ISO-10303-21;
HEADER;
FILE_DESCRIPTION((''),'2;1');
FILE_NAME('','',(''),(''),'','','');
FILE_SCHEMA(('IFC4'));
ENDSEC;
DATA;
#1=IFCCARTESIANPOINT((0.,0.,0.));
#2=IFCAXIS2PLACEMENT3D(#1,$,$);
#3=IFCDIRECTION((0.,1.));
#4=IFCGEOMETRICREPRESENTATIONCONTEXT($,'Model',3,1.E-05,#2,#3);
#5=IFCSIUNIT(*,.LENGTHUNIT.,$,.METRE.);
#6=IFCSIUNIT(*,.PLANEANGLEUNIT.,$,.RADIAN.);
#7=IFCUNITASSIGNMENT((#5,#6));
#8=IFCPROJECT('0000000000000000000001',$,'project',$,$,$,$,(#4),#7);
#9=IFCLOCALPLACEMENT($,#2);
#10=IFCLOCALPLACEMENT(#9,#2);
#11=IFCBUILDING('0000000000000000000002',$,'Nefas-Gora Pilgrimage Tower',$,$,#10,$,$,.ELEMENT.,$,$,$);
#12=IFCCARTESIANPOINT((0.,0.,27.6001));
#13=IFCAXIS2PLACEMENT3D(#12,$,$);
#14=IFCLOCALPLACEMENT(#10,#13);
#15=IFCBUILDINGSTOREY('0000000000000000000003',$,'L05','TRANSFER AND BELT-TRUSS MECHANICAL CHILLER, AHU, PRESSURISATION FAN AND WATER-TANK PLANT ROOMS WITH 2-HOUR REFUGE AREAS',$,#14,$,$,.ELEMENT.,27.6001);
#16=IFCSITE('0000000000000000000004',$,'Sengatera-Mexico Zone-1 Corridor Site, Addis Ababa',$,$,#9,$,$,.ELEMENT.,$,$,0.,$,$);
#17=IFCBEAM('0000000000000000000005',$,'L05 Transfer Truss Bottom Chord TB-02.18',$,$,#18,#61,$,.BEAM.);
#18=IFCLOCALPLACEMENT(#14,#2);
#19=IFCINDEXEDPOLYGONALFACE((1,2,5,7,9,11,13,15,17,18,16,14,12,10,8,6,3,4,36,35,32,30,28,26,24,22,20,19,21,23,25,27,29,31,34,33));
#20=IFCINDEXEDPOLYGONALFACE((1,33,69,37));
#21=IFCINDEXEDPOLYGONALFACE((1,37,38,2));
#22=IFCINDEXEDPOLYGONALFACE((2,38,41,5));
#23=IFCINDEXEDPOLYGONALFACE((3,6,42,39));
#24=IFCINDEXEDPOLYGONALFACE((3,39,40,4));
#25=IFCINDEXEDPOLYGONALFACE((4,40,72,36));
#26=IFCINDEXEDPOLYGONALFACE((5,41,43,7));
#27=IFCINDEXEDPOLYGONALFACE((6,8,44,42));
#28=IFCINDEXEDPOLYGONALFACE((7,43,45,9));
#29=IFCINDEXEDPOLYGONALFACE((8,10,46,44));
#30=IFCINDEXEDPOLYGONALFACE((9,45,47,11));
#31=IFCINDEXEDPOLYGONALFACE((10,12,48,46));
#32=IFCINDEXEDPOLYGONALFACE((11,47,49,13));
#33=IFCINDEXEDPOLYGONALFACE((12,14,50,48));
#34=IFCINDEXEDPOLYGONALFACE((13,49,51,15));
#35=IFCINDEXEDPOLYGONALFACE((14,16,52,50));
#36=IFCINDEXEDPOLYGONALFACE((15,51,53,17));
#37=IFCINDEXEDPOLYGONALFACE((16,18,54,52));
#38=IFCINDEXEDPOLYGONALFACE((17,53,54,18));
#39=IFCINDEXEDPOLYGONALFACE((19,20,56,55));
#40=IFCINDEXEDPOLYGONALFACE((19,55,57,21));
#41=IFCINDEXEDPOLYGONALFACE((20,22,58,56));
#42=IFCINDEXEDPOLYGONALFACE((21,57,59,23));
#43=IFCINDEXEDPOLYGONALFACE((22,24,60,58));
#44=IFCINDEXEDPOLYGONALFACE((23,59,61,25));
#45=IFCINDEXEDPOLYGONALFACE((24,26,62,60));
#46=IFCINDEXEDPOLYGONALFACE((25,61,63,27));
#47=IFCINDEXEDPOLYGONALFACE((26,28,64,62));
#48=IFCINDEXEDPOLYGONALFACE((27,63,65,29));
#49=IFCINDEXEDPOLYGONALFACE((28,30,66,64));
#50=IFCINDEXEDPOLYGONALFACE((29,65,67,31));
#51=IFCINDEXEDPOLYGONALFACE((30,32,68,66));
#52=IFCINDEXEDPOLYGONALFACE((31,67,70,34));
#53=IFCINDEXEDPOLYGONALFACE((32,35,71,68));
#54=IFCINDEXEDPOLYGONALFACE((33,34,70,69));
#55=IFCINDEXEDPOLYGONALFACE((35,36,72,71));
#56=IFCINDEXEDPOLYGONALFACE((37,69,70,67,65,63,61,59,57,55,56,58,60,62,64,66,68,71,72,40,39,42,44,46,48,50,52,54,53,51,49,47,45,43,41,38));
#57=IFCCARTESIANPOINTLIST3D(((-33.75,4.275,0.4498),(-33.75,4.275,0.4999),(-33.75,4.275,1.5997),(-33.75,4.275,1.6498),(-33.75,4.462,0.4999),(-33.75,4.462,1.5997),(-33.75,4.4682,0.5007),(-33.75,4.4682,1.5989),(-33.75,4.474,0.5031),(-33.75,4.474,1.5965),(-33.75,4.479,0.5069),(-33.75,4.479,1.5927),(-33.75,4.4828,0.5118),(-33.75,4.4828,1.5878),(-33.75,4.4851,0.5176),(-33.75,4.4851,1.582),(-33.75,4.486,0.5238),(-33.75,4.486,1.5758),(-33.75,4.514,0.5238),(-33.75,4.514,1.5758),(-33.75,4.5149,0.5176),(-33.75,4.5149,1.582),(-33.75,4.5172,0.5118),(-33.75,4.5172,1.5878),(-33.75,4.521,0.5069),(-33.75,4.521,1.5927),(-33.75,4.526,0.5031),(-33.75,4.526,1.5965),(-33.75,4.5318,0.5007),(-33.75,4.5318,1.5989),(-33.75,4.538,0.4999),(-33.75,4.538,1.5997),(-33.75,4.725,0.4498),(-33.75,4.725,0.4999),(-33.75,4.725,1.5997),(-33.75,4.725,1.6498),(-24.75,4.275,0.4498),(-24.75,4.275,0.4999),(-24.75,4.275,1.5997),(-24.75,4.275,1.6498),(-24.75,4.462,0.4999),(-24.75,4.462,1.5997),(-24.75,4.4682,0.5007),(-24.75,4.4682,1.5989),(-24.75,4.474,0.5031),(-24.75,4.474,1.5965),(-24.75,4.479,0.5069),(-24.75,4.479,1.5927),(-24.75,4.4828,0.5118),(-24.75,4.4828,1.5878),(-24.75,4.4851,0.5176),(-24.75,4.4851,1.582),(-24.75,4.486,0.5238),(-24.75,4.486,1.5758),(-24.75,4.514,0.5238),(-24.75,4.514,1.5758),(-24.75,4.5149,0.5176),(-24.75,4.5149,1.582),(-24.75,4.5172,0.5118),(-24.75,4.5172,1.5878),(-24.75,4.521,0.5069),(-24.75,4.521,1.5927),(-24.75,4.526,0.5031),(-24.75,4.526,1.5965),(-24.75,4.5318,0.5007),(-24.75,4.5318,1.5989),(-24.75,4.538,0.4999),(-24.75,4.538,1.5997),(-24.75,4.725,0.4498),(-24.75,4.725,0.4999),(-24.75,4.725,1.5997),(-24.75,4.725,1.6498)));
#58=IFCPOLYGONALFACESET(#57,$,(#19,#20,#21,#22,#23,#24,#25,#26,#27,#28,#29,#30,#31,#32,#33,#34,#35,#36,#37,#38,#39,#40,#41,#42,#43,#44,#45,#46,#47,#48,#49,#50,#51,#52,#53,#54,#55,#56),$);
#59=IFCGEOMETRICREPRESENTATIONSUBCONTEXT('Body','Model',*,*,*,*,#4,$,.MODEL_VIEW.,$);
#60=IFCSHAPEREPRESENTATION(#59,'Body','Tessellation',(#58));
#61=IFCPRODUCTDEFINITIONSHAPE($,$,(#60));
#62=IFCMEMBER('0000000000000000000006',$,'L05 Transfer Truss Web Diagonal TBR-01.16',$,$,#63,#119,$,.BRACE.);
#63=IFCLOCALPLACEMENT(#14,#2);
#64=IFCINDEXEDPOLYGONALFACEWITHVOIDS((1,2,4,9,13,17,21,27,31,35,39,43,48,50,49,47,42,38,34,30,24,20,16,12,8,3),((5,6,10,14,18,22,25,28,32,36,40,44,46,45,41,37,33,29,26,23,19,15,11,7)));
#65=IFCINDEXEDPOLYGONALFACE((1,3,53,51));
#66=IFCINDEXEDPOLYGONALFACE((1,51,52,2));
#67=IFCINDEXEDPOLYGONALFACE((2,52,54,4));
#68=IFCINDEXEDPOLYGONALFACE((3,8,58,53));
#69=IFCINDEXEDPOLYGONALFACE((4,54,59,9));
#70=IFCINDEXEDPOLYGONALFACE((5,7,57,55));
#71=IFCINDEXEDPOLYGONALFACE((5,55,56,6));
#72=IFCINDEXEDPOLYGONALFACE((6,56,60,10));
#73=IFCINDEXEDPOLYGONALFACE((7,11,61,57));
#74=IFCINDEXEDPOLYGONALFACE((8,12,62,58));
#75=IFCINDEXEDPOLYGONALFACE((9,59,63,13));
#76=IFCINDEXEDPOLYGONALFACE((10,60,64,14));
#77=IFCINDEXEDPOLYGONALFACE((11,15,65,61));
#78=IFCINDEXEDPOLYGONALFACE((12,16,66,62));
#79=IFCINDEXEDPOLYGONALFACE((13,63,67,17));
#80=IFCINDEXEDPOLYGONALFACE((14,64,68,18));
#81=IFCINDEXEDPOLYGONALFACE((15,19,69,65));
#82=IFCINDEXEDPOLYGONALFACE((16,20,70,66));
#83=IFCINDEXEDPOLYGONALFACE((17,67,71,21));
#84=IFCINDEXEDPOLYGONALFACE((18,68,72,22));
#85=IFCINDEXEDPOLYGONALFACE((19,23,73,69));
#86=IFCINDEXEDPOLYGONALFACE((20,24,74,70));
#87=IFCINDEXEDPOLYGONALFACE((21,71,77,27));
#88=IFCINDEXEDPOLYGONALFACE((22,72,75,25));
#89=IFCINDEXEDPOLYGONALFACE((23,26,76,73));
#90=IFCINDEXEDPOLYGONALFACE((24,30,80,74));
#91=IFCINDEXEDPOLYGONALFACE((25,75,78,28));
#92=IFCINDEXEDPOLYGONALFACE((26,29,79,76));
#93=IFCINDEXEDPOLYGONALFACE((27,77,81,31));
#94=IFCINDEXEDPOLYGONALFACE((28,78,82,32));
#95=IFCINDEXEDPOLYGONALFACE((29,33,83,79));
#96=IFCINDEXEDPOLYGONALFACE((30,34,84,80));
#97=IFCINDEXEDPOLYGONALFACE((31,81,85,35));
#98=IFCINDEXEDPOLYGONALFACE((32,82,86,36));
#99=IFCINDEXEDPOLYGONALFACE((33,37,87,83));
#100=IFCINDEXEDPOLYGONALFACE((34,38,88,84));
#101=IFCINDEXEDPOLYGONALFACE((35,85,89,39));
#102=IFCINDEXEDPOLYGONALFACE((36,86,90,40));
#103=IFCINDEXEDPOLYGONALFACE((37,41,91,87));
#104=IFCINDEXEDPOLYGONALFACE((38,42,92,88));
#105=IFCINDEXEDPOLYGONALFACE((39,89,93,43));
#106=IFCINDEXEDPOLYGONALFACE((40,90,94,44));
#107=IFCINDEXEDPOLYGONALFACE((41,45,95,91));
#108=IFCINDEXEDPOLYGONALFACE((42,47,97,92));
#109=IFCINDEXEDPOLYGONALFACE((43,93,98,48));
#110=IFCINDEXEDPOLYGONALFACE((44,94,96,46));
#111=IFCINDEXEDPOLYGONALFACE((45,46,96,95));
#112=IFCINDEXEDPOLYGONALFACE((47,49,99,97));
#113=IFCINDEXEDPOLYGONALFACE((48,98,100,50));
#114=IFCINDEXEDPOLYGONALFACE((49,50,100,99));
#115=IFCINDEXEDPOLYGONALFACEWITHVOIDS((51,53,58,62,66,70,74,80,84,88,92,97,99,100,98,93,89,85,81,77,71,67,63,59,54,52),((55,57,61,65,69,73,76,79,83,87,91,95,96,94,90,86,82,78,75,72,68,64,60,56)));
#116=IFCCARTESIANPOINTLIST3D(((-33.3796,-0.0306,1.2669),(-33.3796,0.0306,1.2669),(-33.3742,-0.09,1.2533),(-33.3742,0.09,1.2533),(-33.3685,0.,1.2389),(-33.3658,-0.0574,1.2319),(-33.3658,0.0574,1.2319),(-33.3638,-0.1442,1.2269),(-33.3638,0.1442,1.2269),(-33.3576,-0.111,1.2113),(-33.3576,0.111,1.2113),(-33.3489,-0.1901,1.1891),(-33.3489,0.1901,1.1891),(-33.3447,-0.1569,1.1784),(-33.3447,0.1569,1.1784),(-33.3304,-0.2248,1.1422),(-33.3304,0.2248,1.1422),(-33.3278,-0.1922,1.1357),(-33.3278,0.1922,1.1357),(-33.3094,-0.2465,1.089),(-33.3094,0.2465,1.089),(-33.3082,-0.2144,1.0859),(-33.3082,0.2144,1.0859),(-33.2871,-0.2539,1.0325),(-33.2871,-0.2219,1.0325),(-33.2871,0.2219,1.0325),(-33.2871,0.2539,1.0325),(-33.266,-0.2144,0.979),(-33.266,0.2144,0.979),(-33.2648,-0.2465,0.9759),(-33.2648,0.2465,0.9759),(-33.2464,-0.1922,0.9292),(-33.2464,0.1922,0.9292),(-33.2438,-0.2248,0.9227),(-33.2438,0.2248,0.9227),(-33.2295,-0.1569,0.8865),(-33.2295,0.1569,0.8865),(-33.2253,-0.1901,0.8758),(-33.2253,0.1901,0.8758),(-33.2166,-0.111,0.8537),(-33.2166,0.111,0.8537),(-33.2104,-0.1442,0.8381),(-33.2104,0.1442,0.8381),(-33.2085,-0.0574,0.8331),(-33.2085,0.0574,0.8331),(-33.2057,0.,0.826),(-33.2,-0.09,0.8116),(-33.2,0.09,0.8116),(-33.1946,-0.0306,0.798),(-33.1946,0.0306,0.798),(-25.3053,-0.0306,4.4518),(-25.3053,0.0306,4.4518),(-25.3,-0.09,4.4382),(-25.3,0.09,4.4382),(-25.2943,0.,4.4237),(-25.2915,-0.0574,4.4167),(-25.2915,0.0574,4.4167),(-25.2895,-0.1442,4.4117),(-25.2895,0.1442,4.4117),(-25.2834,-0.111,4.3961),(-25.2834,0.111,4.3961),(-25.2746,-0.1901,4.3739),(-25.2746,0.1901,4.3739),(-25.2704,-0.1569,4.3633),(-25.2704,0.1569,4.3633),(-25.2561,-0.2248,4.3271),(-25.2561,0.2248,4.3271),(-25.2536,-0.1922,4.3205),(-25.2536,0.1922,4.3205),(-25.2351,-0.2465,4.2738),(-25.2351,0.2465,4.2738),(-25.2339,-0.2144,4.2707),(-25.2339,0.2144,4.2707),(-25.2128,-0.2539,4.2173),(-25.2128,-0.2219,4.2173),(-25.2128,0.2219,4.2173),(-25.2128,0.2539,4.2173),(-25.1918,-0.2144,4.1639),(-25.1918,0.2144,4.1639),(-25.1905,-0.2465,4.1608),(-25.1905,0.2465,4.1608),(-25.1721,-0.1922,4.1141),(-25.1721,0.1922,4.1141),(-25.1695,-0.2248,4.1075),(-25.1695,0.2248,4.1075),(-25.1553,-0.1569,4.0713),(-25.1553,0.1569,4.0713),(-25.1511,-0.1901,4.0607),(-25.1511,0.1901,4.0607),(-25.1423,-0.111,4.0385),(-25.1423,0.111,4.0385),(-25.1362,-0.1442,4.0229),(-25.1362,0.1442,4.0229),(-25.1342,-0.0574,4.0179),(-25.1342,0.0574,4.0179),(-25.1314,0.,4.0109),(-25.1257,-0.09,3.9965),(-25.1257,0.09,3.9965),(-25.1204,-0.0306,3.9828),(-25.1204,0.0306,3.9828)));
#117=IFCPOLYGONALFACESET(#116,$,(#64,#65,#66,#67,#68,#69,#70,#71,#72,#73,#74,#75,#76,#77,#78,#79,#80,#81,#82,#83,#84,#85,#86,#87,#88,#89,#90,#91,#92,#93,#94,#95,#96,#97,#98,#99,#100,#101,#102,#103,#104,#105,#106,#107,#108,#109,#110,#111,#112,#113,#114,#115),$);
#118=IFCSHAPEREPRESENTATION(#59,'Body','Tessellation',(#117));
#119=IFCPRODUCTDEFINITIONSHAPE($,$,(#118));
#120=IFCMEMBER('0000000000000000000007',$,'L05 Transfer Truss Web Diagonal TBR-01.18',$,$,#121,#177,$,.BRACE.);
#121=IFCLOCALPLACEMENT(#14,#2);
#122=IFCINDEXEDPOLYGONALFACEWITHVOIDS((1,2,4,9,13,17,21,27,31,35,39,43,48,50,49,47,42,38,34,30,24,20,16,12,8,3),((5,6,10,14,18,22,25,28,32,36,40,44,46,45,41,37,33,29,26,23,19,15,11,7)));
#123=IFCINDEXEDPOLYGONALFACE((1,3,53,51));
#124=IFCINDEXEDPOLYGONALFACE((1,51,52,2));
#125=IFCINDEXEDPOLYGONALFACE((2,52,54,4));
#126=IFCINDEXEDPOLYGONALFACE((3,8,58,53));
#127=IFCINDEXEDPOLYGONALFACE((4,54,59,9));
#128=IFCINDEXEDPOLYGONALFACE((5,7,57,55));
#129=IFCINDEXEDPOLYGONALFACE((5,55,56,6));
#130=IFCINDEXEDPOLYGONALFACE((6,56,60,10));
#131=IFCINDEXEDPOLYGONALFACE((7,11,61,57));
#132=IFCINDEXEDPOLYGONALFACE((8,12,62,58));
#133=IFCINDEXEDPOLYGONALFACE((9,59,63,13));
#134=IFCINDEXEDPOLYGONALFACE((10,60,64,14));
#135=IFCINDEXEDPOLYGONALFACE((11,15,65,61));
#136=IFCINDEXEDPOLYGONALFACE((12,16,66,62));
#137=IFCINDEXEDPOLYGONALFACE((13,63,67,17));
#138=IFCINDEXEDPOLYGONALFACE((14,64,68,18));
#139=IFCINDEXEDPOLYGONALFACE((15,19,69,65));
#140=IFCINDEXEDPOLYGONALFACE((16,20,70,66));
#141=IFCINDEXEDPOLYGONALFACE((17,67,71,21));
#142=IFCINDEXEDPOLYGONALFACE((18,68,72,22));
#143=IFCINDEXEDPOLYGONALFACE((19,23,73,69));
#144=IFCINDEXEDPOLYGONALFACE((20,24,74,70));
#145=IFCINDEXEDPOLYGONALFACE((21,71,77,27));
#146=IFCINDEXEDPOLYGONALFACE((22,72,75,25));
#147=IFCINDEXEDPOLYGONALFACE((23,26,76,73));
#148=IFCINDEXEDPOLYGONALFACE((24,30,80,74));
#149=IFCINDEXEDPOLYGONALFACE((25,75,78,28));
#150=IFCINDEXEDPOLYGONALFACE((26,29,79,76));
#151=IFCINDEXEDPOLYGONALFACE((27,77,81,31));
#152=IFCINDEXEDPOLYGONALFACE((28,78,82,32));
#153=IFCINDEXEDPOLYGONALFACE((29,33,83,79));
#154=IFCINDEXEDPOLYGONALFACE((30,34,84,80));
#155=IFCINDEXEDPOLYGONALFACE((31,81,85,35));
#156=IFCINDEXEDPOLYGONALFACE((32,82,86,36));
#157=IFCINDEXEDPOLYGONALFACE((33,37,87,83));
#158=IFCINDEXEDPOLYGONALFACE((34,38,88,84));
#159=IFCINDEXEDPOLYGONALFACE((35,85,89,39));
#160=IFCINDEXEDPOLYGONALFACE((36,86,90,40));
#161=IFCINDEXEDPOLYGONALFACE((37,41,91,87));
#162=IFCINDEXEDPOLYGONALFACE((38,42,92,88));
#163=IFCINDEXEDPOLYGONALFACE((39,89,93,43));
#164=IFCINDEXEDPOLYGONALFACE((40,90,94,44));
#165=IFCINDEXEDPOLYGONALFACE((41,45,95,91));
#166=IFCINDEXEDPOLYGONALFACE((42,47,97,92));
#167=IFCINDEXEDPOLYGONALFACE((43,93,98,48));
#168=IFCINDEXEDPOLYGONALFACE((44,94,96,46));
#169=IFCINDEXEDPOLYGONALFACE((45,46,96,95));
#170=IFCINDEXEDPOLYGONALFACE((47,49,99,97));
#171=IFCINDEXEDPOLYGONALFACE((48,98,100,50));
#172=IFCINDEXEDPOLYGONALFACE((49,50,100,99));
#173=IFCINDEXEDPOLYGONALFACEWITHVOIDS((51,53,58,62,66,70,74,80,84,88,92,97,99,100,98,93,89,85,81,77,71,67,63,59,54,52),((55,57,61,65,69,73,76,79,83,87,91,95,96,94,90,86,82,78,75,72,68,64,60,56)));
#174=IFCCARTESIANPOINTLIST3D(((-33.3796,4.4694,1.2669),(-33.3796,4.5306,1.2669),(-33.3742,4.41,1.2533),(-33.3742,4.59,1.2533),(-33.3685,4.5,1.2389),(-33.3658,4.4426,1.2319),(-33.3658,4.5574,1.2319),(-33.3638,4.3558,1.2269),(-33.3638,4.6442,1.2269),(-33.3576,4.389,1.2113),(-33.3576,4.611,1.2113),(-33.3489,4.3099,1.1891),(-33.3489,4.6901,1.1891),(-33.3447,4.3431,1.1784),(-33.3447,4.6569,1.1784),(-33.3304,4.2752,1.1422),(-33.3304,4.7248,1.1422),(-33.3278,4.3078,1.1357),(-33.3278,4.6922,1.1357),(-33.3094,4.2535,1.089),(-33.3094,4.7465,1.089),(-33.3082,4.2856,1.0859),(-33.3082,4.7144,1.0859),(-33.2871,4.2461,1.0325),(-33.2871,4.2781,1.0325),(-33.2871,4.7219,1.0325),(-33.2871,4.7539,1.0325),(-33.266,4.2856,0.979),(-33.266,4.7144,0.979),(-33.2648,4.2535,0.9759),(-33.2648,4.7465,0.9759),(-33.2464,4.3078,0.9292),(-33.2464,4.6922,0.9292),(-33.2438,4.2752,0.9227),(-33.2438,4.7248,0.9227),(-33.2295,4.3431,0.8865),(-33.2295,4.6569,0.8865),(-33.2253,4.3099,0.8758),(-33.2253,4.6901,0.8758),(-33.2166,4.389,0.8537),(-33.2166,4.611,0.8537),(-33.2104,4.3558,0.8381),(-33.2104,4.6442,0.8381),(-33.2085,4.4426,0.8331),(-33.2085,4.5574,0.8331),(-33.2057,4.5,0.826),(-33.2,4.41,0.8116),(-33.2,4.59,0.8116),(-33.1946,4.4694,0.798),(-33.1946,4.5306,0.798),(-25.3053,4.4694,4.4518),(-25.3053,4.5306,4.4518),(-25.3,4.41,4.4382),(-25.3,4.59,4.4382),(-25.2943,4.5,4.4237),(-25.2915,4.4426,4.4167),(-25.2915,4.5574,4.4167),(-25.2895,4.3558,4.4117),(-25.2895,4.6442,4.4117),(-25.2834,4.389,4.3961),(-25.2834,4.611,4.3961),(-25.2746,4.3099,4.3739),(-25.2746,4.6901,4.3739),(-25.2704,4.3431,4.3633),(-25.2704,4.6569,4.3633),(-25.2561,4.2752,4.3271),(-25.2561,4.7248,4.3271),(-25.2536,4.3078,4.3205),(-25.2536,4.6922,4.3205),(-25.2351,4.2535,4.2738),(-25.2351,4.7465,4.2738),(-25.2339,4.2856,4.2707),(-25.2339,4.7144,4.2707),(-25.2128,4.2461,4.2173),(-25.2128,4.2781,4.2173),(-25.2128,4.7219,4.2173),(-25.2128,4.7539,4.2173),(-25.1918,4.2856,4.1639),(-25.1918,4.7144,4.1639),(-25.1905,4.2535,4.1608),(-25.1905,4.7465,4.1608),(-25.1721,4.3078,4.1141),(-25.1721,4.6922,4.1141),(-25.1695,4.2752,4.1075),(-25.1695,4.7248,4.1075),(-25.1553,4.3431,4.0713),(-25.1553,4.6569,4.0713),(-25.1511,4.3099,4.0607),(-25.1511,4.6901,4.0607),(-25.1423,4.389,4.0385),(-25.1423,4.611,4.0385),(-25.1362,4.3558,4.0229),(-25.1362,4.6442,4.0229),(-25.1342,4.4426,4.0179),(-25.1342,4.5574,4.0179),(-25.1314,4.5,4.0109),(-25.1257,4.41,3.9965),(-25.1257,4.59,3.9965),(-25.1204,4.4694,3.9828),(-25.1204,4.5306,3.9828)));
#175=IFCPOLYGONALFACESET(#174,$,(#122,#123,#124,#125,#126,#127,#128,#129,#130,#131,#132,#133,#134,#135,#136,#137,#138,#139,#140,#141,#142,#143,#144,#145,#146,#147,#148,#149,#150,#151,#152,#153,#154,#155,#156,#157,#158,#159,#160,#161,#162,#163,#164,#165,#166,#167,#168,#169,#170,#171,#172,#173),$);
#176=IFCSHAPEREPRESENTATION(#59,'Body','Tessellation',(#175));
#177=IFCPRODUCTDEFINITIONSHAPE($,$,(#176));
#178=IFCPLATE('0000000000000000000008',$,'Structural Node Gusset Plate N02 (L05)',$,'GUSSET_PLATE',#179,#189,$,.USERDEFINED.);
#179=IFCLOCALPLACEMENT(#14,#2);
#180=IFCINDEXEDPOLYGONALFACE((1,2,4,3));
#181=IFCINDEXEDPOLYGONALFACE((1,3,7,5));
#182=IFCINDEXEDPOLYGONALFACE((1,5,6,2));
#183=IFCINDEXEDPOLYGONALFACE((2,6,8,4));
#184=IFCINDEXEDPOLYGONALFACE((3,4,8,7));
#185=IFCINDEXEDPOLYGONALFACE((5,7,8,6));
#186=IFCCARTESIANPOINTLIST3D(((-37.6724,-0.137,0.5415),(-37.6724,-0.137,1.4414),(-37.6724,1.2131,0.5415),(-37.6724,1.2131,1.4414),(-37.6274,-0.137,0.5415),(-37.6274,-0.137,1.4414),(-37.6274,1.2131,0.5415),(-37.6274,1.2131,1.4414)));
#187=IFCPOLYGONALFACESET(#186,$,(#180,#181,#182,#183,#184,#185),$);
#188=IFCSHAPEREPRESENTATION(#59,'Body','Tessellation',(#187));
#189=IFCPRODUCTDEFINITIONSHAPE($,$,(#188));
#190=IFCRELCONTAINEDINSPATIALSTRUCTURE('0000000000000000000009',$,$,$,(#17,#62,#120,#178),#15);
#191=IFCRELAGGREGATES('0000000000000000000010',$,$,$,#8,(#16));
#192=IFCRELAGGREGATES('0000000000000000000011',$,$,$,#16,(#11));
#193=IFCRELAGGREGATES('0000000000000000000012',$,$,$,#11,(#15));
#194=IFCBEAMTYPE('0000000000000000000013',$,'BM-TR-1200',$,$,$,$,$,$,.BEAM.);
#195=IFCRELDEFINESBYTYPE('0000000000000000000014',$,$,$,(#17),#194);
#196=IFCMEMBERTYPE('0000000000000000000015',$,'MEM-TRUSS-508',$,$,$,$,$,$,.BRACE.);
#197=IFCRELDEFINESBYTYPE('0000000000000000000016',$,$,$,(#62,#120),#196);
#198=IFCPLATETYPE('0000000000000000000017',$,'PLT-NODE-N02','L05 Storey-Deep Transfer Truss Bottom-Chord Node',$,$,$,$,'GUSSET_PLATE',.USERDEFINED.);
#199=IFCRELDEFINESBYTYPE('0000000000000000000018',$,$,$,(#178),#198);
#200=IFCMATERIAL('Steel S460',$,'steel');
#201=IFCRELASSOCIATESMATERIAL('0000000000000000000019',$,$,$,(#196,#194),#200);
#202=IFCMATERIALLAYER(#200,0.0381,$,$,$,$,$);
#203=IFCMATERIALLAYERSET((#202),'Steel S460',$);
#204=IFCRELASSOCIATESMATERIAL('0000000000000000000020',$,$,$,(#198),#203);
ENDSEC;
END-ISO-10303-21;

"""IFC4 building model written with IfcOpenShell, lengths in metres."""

from ifc_helpers import new_model, si_unit, direction, frame, origin, origin_2d, place, context, subcontext, project, spatial, rectangle, hollow_circle, i_section, extrude, source, transform, mapped, material, layer, layer_set, material_profile, profile_set, type_object, element, save


model = new_model("IFC4")

# Units and contexts
model_context = context("Model", 3, precision=1e-05, world=origin(), true_north=direction((0.0, 1.0)))
body_context = subcontext(model_context, "Body", "Model", "MODEL_VIEW")
ifc_project = project(units=[si_unit("LENGTHUNIT", "METRE"), si_unit("PLANEANGLEUNIT", "RADIAN")], contexts=[model_context])

# Site, building, storey
site_placement = place(None, origin())
site = spatial("IfcSite", under=ifc_project, at=site_placement, Name="Sengatera-Mexico Zone-1 Corridor Site, Addis Ababa", CompositionType="ELEMENT", RefElevation=0.0)
building_placement = place(site_placement, origin())
building = spatial("IfcBuilding", under=site, at=building_placement, Name="Nefas-Gora Pilgrimage Tower", CompositionType="ELEMENT")
storey_placement = place(building_placement, frame((0.0, 0.0, 27.6001)))
storey = spatial("IfcBuildingStorey", under=building, at=storey_placement, Name="L05", Description="TRANSFER AND BELT-TRUSS MECHANICAL CHILLER, AHU, PRESSURISATION FAN AND WATER-TANK PLANT ROOMS WITH 2-HOUR REFUGE AREAS", CompositionType="ELEMENT", Elevation=27.6001)

# Shared definitions
ifc_material_1 = material(Name="Steel S460", Category="steel")

# Shared definitions
ifc_material_profile_1 = material_profile(ifc_material_1, hollow_circle(Radius=0.2539, WallThickness=0.032, at=origin_2d()), Name="CHS 508x32")
ifc_profile_set_1 = profile_set([ifc_material_profile_1], Name="Steel S460")
member_type = type_object("IfcMemberType", Name="MEM-TRUSS-508", PredefinedType="BRACE", material=ifc_profile_set_1)

# Shared definitions
ifc_material_profile_2 = material_profile(ifc_material_1, i_section(OverallWidth=0.45, OverallDepth=1.2, WebThickness=0.0281, FlangeThickness=0.05, FilletRadius=0.0239, at=origin_2d()), Name="WPG 1200x450x28x50")
ifc_profile_set_2 = profile_set([ifc_material_profile_2], Name="Steel S460")
beam_type_1 = type_object("IfcBeamType", Name="BM-TR-1200", PredefinedType="BEAM", material=ifc_profile_set_2)

# Beam
shared_shape_1 = source(origin(), body_context, "Body", "SweptSolid", [
    extrude(i_section(OverallWidth=0.45, OverallDepth=1.2, WebThickness=0.0281, FlangeThickness=0.05, FilletRadius=0.0239, at=origin_2d()), origin(), (0.0, 0.0, 1.0), 9.0),
])
for number, where, z_axis, x_axis, name in (
    (1, (-33.75, 4.5, 1.0498), (1.0, 0.0, 0.0), (0.0, 1.0, 0.0), "L05 Transfer Truss Bottom Chord TB-02.18"),
):
    element("IfcBeam", number, at=place(storey_placement, frame(where, z_axis=z_axis, x_axis=x_axis)), inside=storey, type_object=beam_type_1, Name=name, PredefinedType="BEAM", context=body_context, shape_type="MappedRepresentation", body=[
        mapped(shared_shape_1, transform((0.0, 0.0, 0.0), x_axis=(1.0, 0.0, 0.0), y_axis=(0.0, 1.0, 0.0), z_axis=(0.0, 0.0, 1.0), scale=1.0)),
    ])

# Members
shared_shape_2 = source(origin(), body_context, "Body", "SweptSolid", [
    extrude(hollow_circle(Radius=0.2539, WallThickness=0.032, at=origin_2d()), origin(), (0.0, 0.0, 1.0), 8.6797),
])
for number, where, z_axis, x_axis, name in (
    (2, (-33.2871, 0.0, 1.0325), (0.930249, 0.0, 0.36693), (0.0, 1.0, 0.0), "L05 Transfer Truss Web Diagonal TBR-01.16"),
    (3, (-33.2871, 4.5, 1.0325), (0.930249, 0.0, 0.36693), (0.0, 1.0, 0.0), "L05 Transfer Truss Web Diagonal TBR-01.18"),
):
    element("IfcMember", number, at=place(storey_placement, frame(where, z_axis=z_axis, x_axis=x_axis)), inside=storey, type_object=member_type, Name=name, PredefinedType="BRACE", context=body_context, shape_type="MappedRepresentation", body=[
        mapped(shared_shape_2, transform((0.0, 0.0, 0.0), x_axis=(1.0, 0.0, 0.0), y_axis=(0.0, 1.0, 0.0), z_axis=(0.0, 0.0, 1.0), scale=1.0)),
    ])

# Plate
ifc_layer_1 = layer(ifc_material_1, 0.0381)
ifc_layer_set_1 = layer_set([ifc_layer_1], Name="Steel S460")
plate_type_1 = type_object("IfcPlateType", Name="PLT-NODE-N02", Description="L05 Storey-Deep Transfer Truss Bottom-Chord Node", ElementType="GUSSET_PLATE", PredefinedType="USERDEFINED", material=ifc_layer_set_1)
shared_shape_3 = source(origin(), body_context, "Body", "SweptSolid", [
    extrude(rectangle(XDim=1.3501, YDim=0.0449, at=origin_2d()), origin(), (0.0, 0.0, 1.0), 0.8999),
])
for number, where, z_axis, x_axis, name in (
    (4, (-37.6499, 0.5381, 0.5415), (0.0, 0.0, 1.0), (0.0, 1.0, 0.0), "Structural Node Gusset Plate N02 (L05)"),
):
    element("IfcPlate", number, at=place(storey_placement, frame(where, z_axis=z_axis, x_axis=x_axis)), inside=storey, type_object=plate_type_1, Name=name, ObjectType="GUSSET_PLATE", PredefinedType="USERDEFINED", context=body_context, shape_type="MappedRepresentation", body=[
        mapped(shared_shape_3, transform((0.0, 0.0, 0.0), x_axis=(1.0, 0.0, 0.0), y_axis=(0.0, 1.0, 0.0), z_axis=(0.0, 0.0, 1.0), scale=1.0)),
    ])

save(model, "model.ifc")
